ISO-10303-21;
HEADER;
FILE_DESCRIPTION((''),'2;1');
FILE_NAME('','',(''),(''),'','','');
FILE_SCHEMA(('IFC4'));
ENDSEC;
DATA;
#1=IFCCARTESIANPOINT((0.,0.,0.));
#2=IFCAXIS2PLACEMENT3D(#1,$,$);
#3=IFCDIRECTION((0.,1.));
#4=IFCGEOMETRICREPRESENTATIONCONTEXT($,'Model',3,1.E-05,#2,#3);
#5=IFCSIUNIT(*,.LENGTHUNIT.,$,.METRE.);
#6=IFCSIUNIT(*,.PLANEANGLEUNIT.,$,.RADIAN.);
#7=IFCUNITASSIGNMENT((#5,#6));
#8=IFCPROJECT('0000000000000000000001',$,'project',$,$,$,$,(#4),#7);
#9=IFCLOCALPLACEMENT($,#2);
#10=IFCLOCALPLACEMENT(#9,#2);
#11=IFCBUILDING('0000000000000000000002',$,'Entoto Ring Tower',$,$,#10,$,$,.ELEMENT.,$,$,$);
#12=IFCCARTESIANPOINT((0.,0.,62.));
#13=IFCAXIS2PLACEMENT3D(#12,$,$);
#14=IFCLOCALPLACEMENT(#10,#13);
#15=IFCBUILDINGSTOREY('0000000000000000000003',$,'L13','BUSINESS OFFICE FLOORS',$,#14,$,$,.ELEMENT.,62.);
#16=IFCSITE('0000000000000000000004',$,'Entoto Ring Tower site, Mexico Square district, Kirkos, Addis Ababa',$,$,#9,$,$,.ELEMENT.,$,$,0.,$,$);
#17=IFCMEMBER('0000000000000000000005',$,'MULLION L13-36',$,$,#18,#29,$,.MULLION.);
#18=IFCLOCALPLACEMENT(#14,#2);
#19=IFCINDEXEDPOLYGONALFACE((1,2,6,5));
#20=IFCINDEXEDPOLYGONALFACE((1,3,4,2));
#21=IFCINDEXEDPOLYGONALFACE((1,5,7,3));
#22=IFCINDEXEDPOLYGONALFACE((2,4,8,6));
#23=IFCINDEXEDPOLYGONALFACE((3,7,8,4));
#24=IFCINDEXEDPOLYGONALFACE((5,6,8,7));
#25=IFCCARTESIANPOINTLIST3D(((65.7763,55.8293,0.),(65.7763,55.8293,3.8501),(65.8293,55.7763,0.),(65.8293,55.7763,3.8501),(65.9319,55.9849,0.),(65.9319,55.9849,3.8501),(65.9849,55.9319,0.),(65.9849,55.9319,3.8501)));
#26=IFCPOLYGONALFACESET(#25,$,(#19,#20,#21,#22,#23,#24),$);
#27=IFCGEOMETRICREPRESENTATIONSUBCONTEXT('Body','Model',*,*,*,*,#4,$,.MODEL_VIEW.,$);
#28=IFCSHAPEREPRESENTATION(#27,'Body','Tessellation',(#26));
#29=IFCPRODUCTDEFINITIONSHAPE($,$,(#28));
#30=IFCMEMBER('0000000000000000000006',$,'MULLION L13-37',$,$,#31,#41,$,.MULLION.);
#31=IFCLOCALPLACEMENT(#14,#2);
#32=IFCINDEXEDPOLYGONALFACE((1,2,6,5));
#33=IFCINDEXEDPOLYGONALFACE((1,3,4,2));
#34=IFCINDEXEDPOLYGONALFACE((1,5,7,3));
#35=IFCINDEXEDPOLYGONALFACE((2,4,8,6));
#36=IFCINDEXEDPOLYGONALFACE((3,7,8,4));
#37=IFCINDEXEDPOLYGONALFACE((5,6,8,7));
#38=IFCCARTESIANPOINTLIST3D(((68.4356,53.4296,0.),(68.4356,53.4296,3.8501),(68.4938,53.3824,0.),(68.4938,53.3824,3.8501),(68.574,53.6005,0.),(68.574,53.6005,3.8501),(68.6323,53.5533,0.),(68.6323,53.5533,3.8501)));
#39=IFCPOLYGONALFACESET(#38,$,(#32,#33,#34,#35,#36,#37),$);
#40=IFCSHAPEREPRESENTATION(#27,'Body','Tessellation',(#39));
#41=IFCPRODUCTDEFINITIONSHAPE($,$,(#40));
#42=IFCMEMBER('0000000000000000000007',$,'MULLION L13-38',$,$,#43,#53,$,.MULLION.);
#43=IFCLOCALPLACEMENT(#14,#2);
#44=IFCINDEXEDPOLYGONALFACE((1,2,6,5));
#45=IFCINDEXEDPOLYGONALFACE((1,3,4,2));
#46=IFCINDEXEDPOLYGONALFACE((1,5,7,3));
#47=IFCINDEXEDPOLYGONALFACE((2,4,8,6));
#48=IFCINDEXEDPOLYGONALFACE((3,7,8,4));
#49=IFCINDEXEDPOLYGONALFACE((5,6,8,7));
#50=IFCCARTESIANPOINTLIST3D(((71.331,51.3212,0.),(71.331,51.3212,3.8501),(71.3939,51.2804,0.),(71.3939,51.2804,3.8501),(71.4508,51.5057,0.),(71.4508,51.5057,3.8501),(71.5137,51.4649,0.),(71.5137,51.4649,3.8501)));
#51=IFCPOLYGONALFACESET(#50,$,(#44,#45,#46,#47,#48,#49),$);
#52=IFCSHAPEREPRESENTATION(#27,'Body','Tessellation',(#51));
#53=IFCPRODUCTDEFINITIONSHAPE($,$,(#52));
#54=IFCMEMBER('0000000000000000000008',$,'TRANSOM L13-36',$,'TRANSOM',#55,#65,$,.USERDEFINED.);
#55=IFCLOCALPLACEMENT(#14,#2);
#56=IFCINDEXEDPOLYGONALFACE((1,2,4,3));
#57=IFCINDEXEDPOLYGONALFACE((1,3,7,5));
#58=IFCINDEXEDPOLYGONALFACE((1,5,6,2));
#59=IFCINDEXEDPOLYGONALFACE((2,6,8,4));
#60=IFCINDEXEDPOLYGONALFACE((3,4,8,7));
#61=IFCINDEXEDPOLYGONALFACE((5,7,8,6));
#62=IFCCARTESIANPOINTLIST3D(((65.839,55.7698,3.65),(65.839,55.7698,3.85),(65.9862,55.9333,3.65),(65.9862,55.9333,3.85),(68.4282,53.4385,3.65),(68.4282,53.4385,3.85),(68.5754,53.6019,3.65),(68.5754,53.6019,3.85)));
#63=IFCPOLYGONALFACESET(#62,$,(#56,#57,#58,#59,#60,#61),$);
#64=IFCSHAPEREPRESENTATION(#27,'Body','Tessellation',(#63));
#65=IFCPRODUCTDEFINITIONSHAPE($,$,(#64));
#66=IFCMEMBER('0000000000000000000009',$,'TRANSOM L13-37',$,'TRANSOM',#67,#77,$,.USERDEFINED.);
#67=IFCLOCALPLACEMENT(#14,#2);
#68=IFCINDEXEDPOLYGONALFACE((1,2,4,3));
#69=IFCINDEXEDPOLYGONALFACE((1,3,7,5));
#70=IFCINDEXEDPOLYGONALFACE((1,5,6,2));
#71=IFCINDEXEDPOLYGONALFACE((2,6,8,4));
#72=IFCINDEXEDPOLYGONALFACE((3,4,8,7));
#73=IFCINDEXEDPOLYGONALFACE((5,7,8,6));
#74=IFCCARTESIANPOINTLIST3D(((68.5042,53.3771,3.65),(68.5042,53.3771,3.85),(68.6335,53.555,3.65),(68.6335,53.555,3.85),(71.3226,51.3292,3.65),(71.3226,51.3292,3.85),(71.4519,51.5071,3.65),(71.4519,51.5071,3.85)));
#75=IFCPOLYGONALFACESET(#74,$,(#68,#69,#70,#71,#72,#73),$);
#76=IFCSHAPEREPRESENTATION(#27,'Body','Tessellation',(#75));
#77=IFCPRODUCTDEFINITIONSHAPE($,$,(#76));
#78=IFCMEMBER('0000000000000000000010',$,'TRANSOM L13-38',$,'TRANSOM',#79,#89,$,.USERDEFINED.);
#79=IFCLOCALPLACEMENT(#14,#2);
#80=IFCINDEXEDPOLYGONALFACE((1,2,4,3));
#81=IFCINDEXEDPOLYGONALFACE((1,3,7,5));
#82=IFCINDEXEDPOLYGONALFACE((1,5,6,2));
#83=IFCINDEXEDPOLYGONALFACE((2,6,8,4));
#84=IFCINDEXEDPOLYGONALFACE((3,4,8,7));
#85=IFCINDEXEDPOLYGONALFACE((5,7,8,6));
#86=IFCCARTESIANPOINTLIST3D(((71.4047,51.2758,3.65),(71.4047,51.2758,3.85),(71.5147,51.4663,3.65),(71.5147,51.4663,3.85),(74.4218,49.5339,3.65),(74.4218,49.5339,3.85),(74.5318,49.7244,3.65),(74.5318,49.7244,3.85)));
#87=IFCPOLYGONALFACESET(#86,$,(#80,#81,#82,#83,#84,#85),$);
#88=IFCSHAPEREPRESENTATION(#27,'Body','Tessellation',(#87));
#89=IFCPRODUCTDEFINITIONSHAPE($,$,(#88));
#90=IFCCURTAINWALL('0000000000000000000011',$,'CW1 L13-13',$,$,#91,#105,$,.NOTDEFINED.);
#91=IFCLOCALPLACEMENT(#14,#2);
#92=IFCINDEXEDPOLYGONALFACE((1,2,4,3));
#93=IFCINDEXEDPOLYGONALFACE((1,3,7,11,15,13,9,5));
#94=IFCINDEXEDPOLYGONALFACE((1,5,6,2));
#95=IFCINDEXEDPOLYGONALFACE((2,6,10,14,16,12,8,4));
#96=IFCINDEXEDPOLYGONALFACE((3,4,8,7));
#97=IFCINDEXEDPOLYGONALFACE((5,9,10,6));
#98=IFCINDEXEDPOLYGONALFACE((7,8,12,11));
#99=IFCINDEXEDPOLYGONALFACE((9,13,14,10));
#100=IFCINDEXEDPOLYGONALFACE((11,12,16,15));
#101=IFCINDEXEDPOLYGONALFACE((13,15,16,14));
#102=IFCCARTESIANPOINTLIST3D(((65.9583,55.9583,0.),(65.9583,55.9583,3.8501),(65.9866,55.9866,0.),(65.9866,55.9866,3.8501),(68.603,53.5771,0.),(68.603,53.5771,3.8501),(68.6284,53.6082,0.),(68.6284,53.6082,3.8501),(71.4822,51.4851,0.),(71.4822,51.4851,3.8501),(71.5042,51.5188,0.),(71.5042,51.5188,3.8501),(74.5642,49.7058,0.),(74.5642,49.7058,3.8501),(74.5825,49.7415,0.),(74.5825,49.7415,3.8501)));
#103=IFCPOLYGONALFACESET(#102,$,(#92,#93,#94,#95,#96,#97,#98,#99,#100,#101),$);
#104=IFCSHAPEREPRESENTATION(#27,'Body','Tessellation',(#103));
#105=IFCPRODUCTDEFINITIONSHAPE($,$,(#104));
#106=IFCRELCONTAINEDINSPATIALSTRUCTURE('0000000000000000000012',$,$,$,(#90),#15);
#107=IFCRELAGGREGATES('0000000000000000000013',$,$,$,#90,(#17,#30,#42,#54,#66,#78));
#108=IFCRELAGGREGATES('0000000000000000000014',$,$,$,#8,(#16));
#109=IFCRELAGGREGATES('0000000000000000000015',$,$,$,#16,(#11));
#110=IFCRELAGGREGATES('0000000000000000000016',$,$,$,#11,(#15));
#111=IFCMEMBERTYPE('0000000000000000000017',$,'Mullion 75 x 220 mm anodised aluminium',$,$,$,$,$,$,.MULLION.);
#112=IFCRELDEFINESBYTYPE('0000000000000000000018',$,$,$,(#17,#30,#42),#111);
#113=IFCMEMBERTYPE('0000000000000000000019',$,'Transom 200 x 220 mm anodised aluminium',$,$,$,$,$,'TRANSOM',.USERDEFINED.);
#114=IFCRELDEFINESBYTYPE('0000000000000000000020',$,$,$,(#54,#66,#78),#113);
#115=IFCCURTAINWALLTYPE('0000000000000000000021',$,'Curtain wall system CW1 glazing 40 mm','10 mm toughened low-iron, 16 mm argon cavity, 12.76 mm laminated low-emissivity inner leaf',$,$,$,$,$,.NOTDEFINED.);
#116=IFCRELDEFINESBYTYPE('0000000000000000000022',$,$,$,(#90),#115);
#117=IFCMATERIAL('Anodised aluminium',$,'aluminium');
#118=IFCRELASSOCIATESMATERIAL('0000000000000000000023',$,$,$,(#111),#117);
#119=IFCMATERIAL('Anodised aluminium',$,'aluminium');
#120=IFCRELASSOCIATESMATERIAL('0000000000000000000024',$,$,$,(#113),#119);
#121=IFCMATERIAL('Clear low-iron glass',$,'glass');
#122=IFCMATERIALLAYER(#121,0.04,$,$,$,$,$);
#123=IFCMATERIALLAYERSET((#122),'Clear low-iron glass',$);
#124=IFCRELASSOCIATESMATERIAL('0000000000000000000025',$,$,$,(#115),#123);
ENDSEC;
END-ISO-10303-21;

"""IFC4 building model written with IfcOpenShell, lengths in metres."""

from ifc_helpers import new_model, si_unit, direction, frame, origin, origin_2d, place, context, subcontext, project, spatial, polyline, rectangle, outline, extrude, material, layer, layer_set, material_profile, profile_set, type_object, element, aggregate, save


model = new_model("IFC4")

# Units and contexts
model_context = context("Model", 3, precision=1e-05, world=origin(), true_north=direction((0.0, 1.0)))
body_context = subcontext(model_context, "Body", "Model", "MODEL_VIEW")
ifc_project = project(units=[si_unit("LENGTHUNIT", "METRE"), si_unit("PLANEANGLEUNIT", "RADIAN")], contexts=[model_context])

# Members
ifc_material_1 = material(Name="Anodised aluminium", Category="aluminium")
ifc_material_profile_1 = material_profile(ifc_material_1, rectangle(XDim=0.075, YDim=0.22, at=origin_2d()), Name="Mullion 75 x 220 mm anodised aluminium")
ifc_profile_set_1 = profile_set([ifc_material_profile_1], Name="Anodised aluminium")
member_type_1 = type_object("IfcMemberType", Name="Mullion 75 x 220 mm anodised aluminium", PredefinedType="MULLION", material=ifc_profile_set_1)
site_placement = place(None, origin())
building_placement = place(site_placement, origin())
storey_placement = place(building_placement, frame((0.0, 0.0, 62.0)))
member_1_placement = place(storey_placement, frame((65.8806, 55.8806, 0.0), z_axis=(0.0, 0.0, 1.0), x_axis=(0.707107, -0.707107, 0.0)))
member_1 = element("IfcMember", 1, at=member_1_placement, type_object=member_type_1, Name="MULLION L13-36", PredefinedType="MULLION", context=body_context, shape_type="SweptSolid", body=[
    extrude(rectangle(XDim=0.075, YDim=0.22, at=origin_2d()), origin(), (0.0, 0.0, 1.0), 3.8501),
])
member_2_placement = place(storey_placement, frame((68.5339, 53.4915, 0.0), z_axis=(0.0, 0.0, 1.0), x_axis=(0.777146, -0.62932, 0.0)))
member_2 = element("IfcMember", 2, at=member_2_placement, type_object=member_type_1, Name="MULLION L13-37", PredefinedType="MULLION", context=body_context, shape_type="SweptSolid", body=[
    extrude(rectangle(XDim=0.075, YDim=0.22, at=origin_2d()), origin(), (0.0, 0.0, 1.0), 3.8501),
])
member_3_placement = place(storey_placement, frame((71.4224, 51.3931, 0.0), z_axis=(0.0, 0.0, 1.0), x_axis=(0.838671, -0.544639, 0.0)))
member_3 = element("IfcMember", 3, at=member_3_placement, type_object=member_type_1, Name="MULLION L13-38", PredefinedType="MULLION", context=body_context, shape_type="SweptSolid", body=[
    extrude(rectangle(XDim=0.075, YDim=0.22, at=origin_2d()), origin(), (0.0, 0.0, 1.0), 3.8501),
])
ifc_material_2 = material(Name="Anodised aluminium", Category="aluminium")
ifc_material_profile_2 = material_profile(ifc_material_2, rectangle(XDim=0.22, YDim=0.2, at=origin_2d()), Name="Transom 200 x 220 mm anodised aluminium")
ifc_profile_set_2 = profile_set([ifc_material_profile_2], Name="Anodised aluminium")
member_type_2 = type_object("IfcMemberType", Name="Transom 200 x 220 mm anodised aluminium", ElementType="TRANSOM", PredefinedType="USERDEFINED", material=ifc_profile_set_2)
member_4_placement = place(storey_placement, frame((65.9126, 55.8516, 3.75), z_axis=(0.743137, -0.669139, 0.0), x_axis=(0.669139, 0.743137, 0.0)))
member_4 = element("IfcMember", 4, at=member_4_placement, type_object=member_type_2, Name="TRANSOM L13-36", ObjectType="TRANSOM", PredefinedType="USERDEFINED", context=body_context, shape_type="SweptSolid", body=[
    extrude(rectangle(XDim=0.22, YDim=0.2, at=origin_2d()), origin(), (0.0, 0.0, 1.0), 3.4841),
])
member_5_placement = place(storey_placement, frame((68.5688, 53.4661, 3.75), z_axis=(0.808991, -0.587822, 0.0), x_axis=(0.587822, 0.808991, 0.0)))
member_5 = element("IfcMember", 5, at=member_5_placement, type_object=member_type_2, Name="TRANSOM L13-37", ObjectType="TRANSOM", PredefinedType="USERDEFINED", context=body_context, shape_type="SweptSolid", body=[
    extrude(rectangle(XDim=0.22, YDim=0.2, at=origin_2d()), origin(), (0.0, 0.0, 1.0), 3.4839),
])
member_6_placement = place(storey_placement, frame((71.4597, 51.3711, 3.75), z_axis=(0.866022, -0.500006, 0.0), x_axis=(0.500006, 0.866022, 0.0)))
member_6 = element("IfcMember", 6, at=member_6_placement, type_object=member_type_2, Name="TRANSOM L13-38", ObjectType="TRANSOM", PredefinedType="USERDEFINED", context=body_context, shape_type="SweptSolid", body=[
    extrude(rectangle(XDim=0.22, YDim=0.2, at=origin_2d()), origin(), (0.0, 0.0, 1.0), 3.4839),
])

# Site, building, storey
site = spatial("IfcSite", under=ifc_project, at=site_placement, Name="Entoto Ring Tower site, Mexico Square district, Kirkos, Addis Ababa", CompositionType="ELEMENT", RefElevation=0.0)
building = spatial("IfcBuilding", under=site, at=building_placement, Name="Entoto Ring Tower", CompositionType="ELEMENT")
storey = spatial("IfcBuildingStorey", under=building, at=storey_placement, Name="L13", Description="BUSINESS OFFICE FLOORS", CompositionType="ELEMENT", Elevation=62.0)

# Curtain wall
ifc_material_3 = material(Name="Clear low-iron glass", Category="glass")
ifc_layer = layer(ifc_material_3, 0.04)
ifc_layer_set = layer_set([ifc_layer], Name="Clear low-iron glass")
curtain_wall_type = type_object("IfcCurtainWallType", Name="Curtain wall system CW1 glazing 40 mm", Description="10 mm toughened low-iron, 16 mm argon cavity, 12.76 mm laminated low-emissivity inner leaf", PredefinedType="NOTDEFINED", material=ifc_layer_set)
curtain_wall_1_placement = place(storey_placement, origin())
curtain_wall_1 = element("IfcCurtainWall", 7, at=curtain_wall_1_placement, inside=storey, type_object=curtain_wall_type, Name="CW1 L13-13", PredefinedType="NOTDEFINED", context=body_context, shape_type="SweptSolid", body=[
    extrude(outline(polyline([(65.9583, 55.9583), (68.603, 53.5771), (71.4822, 51.4851), (74.5642, 49.7058), (74.5825, 49.7415), (71.5042, 51.5188), (68.6284, 53.6082), (65.9866, 55.9866), (65.9583, 55.9583)])), origin(), (0.0, 0.0, 1.0), 3.8501),
])
aggregate(curtain_wall_1, [member_1, member_2, member_3, member_4, member_5, member_6])

save(model, "model.ifc")
